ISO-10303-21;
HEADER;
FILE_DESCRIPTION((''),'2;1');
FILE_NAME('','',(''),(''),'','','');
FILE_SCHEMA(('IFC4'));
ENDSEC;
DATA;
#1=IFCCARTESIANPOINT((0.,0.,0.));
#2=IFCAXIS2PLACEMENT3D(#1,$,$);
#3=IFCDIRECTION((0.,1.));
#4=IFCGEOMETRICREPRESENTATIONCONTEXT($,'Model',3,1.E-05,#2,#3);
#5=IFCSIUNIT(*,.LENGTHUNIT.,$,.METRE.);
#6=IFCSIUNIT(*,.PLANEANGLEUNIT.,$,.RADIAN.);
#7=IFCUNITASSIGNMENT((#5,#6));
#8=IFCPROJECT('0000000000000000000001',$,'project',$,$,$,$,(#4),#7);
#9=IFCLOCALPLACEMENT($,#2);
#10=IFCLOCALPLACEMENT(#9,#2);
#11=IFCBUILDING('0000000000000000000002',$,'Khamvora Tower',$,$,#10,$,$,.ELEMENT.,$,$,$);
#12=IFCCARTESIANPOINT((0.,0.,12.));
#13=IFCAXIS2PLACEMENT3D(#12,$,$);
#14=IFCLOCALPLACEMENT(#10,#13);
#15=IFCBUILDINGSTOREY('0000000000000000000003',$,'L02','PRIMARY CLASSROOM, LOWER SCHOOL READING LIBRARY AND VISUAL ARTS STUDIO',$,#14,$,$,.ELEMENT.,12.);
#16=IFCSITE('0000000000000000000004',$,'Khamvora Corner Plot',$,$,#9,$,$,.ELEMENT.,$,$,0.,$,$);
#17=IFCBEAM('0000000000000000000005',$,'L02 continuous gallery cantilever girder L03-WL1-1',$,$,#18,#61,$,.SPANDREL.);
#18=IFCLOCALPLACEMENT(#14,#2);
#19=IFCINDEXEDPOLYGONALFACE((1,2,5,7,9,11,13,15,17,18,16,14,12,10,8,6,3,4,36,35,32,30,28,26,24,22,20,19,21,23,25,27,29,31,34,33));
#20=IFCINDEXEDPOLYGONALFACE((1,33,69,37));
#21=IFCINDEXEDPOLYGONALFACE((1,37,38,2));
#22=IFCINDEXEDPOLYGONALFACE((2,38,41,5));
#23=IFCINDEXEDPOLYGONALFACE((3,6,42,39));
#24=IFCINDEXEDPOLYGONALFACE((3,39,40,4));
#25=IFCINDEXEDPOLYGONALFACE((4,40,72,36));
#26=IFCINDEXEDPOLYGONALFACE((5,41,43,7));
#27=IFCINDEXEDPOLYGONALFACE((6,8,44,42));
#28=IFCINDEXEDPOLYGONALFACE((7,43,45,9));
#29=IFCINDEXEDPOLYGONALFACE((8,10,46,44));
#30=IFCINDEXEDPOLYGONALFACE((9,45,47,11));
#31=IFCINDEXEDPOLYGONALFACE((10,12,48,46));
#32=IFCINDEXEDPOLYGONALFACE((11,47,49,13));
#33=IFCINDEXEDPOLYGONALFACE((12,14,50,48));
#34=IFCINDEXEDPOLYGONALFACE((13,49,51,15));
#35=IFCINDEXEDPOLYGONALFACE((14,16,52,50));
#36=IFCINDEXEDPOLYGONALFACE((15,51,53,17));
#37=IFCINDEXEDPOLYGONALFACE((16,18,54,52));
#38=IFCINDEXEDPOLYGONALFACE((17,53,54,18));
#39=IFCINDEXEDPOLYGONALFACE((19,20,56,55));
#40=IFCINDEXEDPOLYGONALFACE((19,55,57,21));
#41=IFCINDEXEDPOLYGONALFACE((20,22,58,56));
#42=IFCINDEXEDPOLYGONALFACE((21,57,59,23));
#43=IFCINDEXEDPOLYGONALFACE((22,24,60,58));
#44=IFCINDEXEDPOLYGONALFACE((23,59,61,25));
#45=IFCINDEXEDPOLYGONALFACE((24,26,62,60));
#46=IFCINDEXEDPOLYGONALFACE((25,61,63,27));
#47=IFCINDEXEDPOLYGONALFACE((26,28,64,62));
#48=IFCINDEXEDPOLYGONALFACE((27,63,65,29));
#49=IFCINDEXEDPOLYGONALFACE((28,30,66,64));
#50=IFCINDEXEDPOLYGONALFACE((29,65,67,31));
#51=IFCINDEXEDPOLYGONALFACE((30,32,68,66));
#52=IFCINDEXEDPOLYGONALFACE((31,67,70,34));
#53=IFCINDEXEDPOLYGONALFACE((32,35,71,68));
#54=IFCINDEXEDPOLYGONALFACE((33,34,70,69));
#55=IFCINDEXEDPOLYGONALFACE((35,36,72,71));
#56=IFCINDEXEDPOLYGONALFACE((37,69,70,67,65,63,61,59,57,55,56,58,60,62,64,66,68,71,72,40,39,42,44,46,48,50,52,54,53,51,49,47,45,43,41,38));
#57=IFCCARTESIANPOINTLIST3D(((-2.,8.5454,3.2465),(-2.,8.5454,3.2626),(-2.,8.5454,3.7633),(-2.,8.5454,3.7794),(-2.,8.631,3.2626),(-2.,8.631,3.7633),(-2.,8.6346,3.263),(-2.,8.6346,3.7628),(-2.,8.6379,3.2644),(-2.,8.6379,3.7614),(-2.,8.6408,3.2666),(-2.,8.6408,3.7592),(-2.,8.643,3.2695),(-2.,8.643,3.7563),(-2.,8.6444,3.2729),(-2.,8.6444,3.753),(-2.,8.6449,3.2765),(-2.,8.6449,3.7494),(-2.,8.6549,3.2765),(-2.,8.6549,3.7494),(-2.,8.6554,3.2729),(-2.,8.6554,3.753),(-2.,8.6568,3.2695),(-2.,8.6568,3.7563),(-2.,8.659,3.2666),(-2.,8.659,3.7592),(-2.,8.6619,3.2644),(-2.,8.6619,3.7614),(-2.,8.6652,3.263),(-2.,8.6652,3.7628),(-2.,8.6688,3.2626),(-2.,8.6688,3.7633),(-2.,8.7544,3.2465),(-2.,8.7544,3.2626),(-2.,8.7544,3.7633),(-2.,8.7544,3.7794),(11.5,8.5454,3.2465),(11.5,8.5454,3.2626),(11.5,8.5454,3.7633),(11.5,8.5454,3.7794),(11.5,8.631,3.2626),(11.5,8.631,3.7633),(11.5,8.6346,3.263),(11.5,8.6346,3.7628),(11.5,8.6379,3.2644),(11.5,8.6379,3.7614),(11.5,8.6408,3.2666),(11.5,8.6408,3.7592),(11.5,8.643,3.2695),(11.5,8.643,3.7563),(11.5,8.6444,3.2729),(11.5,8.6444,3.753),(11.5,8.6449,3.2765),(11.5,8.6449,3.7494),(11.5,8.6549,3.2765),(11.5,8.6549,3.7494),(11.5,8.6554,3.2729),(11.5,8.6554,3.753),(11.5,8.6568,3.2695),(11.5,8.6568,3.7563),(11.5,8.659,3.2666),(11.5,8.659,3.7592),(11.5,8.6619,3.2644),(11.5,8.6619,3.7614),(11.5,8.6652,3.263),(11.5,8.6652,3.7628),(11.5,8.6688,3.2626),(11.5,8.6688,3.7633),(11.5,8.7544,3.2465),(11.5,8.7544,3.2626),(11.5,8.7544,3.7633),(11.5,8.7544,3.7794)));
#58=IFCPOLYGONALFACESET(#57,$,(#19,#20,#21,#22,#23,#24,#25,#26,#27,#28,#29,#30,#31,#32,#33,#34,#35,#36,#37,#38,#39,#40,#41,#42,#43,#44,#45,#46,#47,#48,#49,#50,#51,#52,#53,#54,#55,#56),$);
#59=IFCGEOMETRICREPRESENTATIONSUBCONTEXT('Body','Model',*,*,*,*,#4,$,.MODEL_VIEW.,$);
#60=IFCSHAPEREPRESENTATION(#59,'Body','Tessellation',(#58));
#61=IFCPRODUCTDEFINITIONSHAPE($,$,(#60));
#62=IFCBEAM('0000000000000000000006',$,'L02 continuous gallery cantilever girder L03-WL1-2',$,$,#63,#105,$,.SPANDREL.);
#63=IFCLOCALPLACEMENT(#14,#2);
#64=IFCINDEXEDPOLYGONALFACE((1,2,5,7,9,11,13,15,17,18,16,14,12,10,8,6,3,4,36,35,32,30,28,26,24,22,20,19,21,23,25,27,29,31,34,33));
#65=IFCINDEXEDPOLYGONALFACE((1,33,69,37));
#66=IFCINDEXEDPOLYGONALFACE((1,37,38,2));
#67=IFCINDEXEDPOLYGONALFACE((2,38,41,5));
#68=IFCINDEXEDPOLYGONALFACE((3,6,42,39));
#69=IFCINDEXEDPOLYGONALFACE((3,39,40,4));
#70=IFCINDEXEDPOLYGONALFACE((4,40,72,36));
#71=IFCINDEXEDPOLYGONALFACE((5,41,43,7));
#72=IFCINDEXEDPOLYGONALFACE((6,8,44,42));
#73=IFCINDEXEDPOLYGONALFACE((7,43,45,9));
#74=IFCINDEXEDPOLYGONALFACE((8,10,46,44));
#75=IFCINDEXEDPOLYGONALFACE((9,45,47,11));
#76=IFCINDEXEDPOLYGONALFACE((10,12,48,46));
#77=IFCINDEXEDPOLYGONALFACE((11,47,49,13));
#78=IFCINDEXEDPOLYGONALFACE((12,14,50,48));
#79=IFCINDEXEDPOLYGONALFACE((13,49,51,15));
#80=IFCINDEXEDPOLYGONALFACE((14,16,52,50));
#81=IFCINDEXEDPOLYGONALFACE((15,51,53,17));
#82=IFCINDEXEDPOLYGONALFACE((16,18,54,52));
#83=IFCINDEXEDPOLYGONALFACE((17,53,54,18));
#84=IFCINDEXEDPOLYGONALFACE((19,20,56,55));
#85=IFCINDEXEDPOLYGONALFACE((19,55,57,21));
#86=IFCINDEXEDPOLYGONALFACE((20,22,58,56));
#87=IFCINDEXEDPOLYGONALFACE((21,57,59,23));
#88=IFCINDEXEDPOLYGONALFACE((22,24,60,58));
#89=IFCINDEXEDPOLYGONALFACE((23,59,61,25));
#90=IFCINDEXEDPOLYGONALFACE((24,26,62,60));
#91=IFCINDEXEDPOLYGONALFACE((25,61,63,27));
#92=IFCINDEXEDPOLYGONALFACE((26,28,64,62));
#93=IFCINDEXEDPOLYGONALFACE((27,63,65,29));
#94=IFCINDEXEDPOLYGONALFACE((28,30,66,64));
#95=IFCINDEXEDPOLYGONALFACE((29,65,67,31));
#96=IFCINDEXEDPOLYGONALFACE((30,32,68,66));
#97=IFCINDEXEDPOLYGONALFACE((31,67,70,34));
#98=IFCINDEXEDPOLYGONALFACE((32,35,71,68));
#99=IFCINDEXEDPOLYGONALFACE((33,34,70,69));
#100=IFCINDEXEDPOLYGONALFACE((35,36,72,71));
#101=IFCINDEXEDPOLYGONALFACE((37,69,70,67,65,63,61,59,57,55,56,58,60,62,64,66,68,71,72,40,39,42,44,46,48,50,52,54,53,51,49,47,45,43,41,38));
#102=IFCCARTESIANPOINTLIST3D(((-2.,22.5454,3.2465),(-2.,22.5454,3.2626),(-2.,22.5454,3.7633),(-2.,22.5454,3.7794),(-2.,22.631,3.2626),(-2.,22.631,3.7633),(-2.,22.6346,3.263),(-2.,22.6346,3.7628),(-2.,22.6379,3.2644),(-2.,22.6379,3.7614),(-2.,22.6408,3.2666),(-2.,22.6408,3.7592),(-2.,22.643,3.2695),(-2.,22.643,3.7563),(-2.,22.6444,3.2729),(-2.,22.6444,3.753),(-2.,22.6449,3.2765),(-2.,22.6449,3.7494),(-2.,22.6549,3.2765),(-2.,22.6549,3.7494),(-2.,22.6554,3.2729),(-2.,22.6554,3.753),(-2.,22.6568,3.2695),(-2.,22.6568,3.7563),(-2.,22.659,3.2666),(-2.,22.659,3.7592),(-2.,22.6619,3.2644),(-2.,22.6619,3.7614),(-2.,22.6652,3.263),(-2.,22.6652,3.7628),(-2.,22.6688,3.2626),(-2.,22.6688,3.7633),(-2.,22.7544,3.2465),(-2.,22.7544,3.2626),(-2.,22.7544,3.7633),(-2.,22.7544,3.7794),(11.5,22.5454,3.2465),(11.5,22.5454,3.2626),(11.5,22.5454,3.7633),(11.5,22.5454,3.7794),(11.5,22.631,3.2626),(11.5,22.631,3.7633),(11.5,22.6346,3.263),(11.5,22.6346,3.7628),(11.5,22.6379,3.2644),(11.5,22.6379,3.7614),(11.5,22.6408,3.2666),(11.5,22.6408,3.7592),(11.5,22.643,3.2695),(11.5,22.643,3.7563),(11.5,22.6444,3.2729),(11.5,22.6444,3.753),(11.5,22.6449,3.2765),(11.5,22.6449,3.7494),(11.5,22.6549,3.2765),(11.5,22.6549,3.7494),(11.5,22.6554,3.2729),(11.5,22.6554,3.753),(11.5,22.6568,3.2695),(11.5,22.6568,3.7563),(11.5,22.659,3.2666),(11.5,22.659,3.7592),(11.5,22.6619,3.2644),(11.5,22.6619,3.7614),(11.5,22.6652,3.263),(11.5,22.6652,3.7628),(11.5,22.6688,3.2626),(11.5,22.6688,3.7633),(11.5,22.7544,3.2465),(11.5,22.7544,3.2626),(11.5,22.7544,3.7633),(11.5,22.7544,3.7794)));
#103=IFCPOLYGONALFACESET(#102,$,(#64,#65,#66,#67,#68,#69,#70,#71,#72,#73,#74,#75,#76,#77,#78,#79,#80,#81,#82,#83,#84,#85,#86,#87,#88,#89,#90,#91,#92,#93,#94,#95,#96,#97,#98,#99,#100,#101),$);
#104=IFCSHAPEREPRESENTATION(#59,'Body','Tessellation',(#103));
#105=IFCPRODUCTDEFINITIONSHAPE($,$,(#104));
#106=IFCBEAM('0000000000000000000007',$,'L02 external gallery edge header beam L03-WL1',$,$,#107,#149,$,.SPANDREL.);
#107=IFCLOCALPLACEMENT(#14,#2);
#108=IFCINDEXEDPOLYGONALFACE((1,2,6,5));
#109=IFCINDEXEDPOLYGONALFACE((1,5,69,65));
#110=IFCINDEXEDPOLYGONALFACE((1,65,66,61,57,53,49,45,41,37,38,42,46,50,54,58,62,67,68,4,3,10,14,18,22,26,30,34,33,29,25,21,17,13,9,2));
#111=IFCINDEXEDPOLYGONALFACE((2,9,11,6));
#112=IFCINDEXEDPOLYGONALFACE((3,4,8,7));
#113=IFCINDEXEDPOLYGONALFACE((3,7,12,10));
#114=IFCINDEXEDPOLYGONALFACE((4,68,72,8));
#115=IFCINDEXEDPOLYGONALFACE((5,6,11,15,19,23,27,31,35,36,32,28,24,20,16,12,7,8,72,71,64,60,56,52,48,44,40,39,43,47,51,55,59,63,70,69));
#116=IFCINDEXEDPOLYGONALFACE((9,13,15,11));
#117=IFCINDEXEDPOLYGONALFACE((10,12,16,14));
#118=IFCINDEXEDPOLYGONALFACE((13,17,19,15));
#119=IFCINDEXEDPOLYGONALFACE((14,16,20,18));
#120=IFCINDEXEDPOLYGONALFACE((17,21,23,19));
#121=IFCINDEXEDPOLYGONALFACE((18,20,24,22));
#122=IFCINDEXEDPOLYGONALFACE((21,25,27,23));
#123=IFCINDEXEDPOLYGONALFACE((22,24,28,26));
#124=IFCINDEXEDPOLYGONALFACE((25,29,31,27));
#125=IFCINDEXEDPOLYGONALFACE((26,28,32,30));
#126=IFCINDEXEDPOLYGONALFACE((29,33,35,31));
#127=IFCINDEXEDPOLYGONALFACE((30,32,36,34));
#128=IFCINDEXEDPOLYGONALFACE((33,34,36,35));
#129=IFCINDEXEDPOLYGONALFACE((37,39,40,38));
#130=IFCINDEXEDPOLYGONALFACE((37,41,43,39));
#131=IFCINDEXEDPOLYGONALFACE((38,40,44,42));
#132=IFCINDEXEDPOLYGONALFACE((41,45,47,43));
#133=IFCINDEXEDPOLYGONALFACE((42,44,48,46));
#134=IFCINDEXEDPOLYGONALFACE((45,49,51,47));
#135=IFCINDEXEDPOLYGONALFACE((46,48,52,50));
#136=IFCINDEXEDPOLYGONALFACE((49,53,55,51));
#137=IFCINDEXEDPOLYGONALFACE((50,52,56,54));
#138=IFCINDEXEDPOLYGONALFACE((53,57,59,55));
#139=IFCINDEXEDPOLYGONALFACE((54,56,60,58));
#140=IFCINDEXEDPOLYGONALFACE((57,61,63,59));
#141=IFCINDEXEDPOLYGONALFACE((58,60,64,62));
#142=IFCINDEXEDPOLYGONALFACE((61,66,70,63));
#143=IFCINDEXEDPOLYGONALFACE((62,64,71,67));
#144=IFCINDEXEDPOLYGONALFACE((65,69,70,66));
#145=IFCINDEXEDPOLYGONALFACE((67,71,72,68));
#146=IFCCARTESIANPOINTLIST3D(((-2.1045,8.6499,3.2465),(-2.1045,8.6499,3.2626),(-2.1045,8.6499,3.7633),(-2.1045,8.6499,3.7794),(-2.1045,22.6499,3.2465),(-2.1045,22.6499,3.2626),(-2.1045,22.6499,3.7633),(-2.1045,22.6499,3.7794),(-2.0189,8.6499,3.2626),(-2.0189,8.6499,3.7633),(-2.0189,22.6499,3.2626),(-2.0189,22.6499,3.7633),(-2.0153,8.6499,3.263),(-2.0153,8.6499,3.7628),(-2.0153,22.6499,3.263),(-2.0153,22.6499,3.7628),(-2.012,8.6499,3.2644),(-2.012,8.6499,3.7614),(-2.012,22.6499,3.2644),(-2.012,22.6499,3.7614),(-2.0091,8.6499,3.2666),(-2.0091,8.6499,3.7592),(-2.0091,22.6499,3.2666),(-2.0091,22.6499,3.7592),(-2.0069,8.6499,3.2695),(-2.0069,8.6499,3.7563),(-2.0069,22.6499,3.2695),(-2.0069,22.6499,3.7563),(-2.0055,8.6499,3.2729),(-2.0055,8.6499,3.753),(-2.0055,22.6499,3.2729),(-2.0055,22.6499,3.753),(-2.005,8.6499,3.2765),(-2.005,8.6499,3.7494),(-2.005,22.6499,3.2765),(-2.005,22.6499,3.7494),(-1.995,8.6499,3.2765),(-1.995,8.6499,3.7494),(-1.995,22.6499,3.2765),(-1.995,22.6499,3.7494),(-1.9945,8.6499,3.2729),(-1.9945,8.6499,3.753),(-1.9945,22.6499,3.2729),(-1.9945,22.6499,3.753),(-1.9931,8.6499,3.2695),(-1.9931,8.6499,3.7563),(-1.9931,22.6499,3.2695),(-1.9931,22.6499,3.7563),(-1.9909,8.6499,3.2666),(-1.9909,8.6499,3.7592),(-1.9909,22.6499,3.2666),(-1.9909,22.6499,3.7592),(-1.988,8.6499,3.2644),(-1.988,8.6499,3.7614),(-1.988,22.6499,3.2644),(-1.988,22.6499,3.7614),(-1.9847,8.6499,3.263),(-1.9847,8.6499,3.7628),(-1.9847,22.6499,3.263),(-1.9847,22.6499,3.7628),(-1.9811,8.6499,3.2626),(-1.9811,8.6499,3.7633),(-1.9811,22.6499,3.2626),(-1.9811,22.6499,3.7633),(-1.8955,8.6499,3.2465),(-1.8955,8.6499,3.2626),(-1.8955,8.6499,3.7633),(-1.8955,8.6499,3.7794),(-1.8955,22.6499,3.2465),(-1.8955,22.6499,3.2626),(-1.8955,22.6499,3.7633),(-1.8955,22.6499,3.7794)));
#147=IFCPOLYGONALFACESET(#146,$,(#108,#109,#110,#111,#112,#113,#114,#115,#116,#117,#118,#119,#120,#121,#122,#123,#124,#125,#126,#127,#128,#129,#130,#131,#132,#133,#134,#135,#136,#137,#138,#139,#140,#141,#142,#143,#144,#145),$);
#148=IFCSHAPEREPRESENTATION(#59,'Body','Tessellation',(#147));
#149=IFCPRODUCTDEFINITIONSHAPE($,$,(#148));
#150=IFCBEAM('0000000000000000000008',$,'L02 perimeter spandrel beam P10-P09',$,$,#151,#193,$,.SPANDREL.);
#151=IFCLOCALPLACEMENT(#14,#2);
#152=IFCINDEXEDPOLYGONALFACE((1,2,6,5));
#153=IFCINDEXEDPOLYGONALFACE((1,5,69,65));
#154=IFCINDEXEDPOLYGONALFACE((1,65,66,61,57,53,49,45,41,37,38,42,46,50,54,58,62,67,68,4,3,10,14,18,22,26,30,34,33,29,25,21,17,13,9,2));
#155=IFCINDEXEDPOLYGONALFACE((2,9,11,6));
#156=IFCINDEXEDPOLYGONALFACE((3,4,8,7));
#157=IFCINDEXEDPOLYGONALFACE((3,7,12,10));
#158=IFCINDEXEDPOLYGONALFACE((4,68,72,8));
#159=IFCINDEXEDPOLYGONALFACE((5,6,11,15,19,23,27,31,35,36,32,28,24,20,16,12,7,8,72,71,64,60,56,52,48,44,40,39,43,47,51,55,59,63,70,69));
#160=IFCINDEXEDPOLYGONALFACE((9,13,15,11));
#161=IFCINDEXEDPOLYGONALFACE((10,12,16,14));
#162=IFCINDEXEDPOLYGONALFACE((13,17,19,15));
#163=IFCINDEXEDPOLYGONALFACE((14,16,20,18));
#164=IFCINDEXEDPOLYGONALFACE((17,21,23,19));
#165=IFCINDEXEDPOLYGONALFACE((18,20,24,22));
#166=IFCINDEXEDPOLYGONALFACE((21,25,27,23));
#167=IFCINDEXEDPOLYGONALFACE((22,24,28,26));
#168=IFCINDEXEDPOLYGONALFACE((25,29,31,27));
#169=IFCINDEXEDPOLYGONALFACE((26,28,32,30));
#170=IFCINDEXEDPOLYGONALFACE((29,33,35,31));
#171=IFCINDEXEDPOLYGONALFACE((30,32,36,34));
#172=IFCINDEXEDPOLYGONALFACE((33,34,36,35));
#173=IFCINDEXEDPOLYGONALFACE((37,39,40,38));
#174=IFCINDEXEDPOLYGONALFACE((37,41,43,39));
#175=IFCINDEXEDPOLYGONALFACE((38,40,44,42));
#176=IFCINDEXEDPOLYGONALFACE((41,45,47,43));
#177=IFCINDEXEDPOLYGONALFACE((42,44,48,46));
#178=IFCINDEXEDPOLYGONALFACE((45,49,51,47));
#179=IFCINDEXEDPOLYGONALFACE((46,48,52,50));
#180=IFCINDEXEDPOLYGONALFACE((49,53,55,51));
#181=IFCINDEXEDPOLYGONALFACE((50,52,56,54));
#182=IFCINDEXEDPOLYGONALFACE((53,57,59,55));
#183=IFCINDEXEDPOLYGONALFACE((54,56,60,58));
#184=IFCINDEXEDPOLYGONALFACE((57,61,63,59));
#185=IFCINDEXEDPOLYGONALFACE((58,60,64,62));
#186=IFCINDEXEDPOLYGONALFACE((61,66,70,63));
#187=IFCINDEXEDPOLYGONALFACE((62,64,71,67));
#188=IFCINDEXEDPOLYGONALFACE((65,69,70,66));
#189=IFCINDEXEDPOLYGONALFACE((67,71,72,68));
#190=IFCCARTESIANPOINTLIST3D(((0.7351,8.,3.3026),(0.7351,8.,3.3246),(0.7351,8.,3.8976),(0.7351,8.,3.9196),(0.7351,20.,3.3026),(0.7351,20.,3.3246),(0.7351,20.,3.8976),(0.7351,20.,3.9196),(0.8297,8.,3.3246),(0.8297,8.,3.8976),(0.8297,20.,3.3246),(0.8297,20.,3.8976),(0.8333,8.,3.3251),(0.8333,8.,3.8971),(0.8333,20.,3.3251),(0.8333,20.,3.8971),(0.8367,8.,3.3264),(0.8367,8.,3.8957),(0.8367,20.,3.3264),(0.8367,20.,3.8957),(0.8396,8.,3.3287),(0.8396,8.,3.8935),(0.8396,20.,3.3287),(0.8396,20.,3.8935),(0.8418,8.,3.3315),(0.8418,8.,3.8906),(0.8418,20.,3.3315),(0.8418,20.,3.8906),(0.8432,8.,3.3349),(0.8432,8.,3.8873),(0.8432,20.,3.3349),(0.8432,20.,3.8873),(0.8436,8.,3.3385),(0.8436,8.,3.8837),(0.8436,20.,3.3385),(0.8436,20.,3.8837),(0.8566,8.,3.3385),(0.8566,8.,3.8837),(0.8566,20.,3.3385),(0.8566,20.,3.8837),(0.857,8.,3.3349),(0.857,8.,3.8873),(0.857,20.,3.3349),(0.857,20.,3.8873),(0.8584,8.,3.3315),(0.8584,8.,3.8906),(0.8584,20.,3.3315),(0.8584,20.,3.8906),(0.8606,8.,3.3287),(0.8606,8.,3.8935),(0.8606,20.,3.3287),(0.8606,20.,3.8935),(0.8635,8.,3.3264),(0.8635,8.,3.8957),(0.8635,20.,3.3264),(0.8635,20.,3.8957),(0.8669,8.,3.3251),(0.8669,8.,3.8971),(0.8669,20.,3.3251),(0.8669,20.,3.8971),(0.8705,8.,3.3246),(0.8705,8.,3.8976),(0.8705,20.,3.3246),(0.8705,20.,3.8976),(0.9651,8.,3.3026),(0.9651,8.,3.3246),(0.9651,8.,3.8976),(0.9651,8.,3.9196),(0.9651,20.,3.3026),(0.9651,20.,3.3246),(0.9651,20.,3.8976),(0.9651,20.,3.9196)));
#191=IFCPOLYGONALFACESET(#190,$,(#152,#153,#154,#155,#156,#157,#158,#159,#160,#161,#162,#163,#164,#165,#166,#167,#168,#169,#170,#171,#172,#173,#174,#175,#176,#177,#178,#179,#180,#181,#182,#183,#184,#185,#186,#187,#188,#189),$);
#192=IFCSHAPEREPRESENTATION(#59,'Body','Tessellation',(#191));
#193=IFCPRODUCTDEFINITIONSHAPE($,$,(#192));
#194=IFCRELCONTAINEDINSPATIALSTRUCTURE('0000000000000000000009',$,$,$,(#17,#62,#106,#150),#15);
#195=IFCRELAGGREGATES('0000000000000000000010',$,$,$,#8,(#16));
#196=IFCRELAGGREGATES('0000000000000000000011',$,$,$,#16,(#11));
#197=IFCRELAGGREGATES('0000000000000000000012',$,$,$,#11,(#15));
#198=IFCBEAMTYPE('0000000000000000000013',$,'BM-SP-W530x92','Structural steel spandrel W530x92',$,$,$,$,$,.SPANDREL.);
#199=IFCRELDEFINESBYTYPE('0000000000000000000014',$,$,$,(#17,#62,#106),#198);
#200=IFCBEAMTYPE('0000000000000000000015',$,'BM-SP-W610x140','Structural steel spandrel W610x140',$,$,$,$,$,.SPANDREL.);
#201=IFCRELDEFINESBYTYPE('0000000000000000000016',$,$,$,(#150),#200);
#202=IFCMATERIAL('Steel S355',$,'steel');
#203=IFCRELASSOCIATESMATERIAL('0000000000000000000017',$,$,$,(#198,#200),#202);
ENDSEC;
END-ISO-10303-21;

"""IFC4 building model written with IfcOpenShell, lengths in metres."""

from ifc_helpers import new_model, si_unit, direction, frame, origin, origin_2d, place, context, subcontext, project, spatial, i_section, extrude, material, material_profile, profile_set, type_object, element, save


model = new_model("IFC4")

# Units and contexts
model_context = context("Model", 3, precision=1e-05, world=origin(), true_north=direction((0.0, 1.0)))
body_context = subcontext(model_context, "Body", "Model", "MODEL_VIEW")
ifc_project = project(units=[si_unit("LENGTHUNIT", "METRE"), si_unit("PLANEANGLEUNIT", "RADIAN")], contexts=[model_context])

# Site, building, storey
site_placement = place(None, origin())
site = spatial("IfcSite", under=ifc_project, at=site_placement, Name="Khamvora Corner Plot", CompositionType="ELEMENT", RefElevation=0.0)
building_placement = place(site_placement, origin())
building = spatial("IfcBuilding", under=site, at=building_placement, Name="Khamvora Tower", CompositionType="ELEMENT")
storey_placement = place(building_placement, frame((0.0, 0.0, 12.0)))
storey = spatial("IfcBuildingStorey", under=building, at=storey_placement, Name="L02", Description="PRIMARY CLASSROOM, LOWER SCHOOL READING LIBRARY AND VISUAL ARTS STUDIO", CompositionType="ELEMENT", Elevation=12.0)

# Beams
ifc_material_1 = material(Name="Steel S355", Category="steel")
ifc_material_profile_1 = material_profile(ifc_material_1, i_section(OverallWidth=0.209, OverallDepth=0.533, WebThickness=0.01, FlangeThickness=0.0161, FilletRadius=0.0139, at=origin_2d()), Name="W530x92")
ifc_profile_set_1 = profile_set([ifc_material_profile_1], Name="Steel S355")
beam_type_1 = type_object("IfcBeamType", Name="BM-SP-W530x92", Description="Structural steel spandrel W530x92", PredefinedType="SPANDREL", material=ifc_profile_set_1)
for number, where, z_axis, x_axis, name in (
    (1, (11.5, 8.6499, 3.5129), (-1.0, 0.0, 0.0), (0.0, -1.0, 0.0), "L02 continuous gallery cantilever girder L03-WL1-1"),
    (2, (11.5, 22.6499, 3.5129), (-1.0, 0.0, 0.0), (0.0, -1.0, 0.0), "L02 continuous gallery cantilever girder L03-WL1-2"),
):
    element("IfcBeam", number, at=place(storey_placement, frame(where, z_axis=z_axis, x_axis=x_axis)), inside=storey, type_object=beam_type_1, Name=name, PredefinedType="SPANDREL", context=body_context, shape_type="SweptSolid", body=[
        extrude(i_section(OverallWidth=0.209, OverallDepth=0.533, WebThickness=0.01, FlangeThickness=0.0161, FilletRadius=0.0139, at=origin_2d()), origin(), (0.0, 0.0, 1.0), 13.5),
    ])
beam_1_placement = place(storey_placement, frame((-2.0, 8.6499, 3.5129), z_axis=(0.0, 1.0, 0.0), x_axis=(-1.0, 0.0, 0.0)))
element("IfcBeam", 3, at=beam_1_placement, inside=storey, type_object=beam_type_1, Name="L02 external gallery edge header beam L03-WL1", PredefinedType="SPANDREL", context=body_context, shape_type="SweptSolid", body=[
    extrude(i_section(OverallWidth=0.209, OverallDepth=0.533, WebThickness=0.01, FlangeThickness=0.0161, FilletRadius=0.0139, at=origin_2d()), origin(), (0.0, 0.0, 1.0), 14.0),
])
ifc_material_profile_2 = material_profile(ifc_material_1, i_section(OverallWidth=0.23, OverallDepth=0.6169, WebThickness=0.0129, FlangeThickness=0.022, FilletRadius=0.0139, at=origin_2d()), Name="W610x140")
ifc_profile_set_2 = profile_set([ifc_material_profile_2], Name="Steel S355")
beam_type_2 = type_object("IfcBeamType", Name="BM-SP-W610x140", Description="Structural steel spandrel W610x140", PredefinedType="SPANDREL", material=ifc_profile_set_2)
beam_2_placement = place(storey_placement, frame((0.8501, 20.0, 3.6111), z_axis=(0.0, -1.0, 0.0), x_axis=(1.0, 0.0, 0.0)))
element("IfcBeam", 4, at=beam_2_placement, inside=storey, type_object=beam_type_2, Name="L02 perimeter spandrel beam P10-P09", PredefinedType="SPANDREL", context=body_context, shape_type="SweptSolid", body=[
    extrude(i_section(OverallWidth=0.23, OverallDepth=0.6169, WebThickness=0.0129, FlangeThickness=0.022, FilletRadius=0.0139, at=origin_2d()), origin(), (0.0, 0.0, 1.0), 12.0),
])

save(model, "model.ifc")
